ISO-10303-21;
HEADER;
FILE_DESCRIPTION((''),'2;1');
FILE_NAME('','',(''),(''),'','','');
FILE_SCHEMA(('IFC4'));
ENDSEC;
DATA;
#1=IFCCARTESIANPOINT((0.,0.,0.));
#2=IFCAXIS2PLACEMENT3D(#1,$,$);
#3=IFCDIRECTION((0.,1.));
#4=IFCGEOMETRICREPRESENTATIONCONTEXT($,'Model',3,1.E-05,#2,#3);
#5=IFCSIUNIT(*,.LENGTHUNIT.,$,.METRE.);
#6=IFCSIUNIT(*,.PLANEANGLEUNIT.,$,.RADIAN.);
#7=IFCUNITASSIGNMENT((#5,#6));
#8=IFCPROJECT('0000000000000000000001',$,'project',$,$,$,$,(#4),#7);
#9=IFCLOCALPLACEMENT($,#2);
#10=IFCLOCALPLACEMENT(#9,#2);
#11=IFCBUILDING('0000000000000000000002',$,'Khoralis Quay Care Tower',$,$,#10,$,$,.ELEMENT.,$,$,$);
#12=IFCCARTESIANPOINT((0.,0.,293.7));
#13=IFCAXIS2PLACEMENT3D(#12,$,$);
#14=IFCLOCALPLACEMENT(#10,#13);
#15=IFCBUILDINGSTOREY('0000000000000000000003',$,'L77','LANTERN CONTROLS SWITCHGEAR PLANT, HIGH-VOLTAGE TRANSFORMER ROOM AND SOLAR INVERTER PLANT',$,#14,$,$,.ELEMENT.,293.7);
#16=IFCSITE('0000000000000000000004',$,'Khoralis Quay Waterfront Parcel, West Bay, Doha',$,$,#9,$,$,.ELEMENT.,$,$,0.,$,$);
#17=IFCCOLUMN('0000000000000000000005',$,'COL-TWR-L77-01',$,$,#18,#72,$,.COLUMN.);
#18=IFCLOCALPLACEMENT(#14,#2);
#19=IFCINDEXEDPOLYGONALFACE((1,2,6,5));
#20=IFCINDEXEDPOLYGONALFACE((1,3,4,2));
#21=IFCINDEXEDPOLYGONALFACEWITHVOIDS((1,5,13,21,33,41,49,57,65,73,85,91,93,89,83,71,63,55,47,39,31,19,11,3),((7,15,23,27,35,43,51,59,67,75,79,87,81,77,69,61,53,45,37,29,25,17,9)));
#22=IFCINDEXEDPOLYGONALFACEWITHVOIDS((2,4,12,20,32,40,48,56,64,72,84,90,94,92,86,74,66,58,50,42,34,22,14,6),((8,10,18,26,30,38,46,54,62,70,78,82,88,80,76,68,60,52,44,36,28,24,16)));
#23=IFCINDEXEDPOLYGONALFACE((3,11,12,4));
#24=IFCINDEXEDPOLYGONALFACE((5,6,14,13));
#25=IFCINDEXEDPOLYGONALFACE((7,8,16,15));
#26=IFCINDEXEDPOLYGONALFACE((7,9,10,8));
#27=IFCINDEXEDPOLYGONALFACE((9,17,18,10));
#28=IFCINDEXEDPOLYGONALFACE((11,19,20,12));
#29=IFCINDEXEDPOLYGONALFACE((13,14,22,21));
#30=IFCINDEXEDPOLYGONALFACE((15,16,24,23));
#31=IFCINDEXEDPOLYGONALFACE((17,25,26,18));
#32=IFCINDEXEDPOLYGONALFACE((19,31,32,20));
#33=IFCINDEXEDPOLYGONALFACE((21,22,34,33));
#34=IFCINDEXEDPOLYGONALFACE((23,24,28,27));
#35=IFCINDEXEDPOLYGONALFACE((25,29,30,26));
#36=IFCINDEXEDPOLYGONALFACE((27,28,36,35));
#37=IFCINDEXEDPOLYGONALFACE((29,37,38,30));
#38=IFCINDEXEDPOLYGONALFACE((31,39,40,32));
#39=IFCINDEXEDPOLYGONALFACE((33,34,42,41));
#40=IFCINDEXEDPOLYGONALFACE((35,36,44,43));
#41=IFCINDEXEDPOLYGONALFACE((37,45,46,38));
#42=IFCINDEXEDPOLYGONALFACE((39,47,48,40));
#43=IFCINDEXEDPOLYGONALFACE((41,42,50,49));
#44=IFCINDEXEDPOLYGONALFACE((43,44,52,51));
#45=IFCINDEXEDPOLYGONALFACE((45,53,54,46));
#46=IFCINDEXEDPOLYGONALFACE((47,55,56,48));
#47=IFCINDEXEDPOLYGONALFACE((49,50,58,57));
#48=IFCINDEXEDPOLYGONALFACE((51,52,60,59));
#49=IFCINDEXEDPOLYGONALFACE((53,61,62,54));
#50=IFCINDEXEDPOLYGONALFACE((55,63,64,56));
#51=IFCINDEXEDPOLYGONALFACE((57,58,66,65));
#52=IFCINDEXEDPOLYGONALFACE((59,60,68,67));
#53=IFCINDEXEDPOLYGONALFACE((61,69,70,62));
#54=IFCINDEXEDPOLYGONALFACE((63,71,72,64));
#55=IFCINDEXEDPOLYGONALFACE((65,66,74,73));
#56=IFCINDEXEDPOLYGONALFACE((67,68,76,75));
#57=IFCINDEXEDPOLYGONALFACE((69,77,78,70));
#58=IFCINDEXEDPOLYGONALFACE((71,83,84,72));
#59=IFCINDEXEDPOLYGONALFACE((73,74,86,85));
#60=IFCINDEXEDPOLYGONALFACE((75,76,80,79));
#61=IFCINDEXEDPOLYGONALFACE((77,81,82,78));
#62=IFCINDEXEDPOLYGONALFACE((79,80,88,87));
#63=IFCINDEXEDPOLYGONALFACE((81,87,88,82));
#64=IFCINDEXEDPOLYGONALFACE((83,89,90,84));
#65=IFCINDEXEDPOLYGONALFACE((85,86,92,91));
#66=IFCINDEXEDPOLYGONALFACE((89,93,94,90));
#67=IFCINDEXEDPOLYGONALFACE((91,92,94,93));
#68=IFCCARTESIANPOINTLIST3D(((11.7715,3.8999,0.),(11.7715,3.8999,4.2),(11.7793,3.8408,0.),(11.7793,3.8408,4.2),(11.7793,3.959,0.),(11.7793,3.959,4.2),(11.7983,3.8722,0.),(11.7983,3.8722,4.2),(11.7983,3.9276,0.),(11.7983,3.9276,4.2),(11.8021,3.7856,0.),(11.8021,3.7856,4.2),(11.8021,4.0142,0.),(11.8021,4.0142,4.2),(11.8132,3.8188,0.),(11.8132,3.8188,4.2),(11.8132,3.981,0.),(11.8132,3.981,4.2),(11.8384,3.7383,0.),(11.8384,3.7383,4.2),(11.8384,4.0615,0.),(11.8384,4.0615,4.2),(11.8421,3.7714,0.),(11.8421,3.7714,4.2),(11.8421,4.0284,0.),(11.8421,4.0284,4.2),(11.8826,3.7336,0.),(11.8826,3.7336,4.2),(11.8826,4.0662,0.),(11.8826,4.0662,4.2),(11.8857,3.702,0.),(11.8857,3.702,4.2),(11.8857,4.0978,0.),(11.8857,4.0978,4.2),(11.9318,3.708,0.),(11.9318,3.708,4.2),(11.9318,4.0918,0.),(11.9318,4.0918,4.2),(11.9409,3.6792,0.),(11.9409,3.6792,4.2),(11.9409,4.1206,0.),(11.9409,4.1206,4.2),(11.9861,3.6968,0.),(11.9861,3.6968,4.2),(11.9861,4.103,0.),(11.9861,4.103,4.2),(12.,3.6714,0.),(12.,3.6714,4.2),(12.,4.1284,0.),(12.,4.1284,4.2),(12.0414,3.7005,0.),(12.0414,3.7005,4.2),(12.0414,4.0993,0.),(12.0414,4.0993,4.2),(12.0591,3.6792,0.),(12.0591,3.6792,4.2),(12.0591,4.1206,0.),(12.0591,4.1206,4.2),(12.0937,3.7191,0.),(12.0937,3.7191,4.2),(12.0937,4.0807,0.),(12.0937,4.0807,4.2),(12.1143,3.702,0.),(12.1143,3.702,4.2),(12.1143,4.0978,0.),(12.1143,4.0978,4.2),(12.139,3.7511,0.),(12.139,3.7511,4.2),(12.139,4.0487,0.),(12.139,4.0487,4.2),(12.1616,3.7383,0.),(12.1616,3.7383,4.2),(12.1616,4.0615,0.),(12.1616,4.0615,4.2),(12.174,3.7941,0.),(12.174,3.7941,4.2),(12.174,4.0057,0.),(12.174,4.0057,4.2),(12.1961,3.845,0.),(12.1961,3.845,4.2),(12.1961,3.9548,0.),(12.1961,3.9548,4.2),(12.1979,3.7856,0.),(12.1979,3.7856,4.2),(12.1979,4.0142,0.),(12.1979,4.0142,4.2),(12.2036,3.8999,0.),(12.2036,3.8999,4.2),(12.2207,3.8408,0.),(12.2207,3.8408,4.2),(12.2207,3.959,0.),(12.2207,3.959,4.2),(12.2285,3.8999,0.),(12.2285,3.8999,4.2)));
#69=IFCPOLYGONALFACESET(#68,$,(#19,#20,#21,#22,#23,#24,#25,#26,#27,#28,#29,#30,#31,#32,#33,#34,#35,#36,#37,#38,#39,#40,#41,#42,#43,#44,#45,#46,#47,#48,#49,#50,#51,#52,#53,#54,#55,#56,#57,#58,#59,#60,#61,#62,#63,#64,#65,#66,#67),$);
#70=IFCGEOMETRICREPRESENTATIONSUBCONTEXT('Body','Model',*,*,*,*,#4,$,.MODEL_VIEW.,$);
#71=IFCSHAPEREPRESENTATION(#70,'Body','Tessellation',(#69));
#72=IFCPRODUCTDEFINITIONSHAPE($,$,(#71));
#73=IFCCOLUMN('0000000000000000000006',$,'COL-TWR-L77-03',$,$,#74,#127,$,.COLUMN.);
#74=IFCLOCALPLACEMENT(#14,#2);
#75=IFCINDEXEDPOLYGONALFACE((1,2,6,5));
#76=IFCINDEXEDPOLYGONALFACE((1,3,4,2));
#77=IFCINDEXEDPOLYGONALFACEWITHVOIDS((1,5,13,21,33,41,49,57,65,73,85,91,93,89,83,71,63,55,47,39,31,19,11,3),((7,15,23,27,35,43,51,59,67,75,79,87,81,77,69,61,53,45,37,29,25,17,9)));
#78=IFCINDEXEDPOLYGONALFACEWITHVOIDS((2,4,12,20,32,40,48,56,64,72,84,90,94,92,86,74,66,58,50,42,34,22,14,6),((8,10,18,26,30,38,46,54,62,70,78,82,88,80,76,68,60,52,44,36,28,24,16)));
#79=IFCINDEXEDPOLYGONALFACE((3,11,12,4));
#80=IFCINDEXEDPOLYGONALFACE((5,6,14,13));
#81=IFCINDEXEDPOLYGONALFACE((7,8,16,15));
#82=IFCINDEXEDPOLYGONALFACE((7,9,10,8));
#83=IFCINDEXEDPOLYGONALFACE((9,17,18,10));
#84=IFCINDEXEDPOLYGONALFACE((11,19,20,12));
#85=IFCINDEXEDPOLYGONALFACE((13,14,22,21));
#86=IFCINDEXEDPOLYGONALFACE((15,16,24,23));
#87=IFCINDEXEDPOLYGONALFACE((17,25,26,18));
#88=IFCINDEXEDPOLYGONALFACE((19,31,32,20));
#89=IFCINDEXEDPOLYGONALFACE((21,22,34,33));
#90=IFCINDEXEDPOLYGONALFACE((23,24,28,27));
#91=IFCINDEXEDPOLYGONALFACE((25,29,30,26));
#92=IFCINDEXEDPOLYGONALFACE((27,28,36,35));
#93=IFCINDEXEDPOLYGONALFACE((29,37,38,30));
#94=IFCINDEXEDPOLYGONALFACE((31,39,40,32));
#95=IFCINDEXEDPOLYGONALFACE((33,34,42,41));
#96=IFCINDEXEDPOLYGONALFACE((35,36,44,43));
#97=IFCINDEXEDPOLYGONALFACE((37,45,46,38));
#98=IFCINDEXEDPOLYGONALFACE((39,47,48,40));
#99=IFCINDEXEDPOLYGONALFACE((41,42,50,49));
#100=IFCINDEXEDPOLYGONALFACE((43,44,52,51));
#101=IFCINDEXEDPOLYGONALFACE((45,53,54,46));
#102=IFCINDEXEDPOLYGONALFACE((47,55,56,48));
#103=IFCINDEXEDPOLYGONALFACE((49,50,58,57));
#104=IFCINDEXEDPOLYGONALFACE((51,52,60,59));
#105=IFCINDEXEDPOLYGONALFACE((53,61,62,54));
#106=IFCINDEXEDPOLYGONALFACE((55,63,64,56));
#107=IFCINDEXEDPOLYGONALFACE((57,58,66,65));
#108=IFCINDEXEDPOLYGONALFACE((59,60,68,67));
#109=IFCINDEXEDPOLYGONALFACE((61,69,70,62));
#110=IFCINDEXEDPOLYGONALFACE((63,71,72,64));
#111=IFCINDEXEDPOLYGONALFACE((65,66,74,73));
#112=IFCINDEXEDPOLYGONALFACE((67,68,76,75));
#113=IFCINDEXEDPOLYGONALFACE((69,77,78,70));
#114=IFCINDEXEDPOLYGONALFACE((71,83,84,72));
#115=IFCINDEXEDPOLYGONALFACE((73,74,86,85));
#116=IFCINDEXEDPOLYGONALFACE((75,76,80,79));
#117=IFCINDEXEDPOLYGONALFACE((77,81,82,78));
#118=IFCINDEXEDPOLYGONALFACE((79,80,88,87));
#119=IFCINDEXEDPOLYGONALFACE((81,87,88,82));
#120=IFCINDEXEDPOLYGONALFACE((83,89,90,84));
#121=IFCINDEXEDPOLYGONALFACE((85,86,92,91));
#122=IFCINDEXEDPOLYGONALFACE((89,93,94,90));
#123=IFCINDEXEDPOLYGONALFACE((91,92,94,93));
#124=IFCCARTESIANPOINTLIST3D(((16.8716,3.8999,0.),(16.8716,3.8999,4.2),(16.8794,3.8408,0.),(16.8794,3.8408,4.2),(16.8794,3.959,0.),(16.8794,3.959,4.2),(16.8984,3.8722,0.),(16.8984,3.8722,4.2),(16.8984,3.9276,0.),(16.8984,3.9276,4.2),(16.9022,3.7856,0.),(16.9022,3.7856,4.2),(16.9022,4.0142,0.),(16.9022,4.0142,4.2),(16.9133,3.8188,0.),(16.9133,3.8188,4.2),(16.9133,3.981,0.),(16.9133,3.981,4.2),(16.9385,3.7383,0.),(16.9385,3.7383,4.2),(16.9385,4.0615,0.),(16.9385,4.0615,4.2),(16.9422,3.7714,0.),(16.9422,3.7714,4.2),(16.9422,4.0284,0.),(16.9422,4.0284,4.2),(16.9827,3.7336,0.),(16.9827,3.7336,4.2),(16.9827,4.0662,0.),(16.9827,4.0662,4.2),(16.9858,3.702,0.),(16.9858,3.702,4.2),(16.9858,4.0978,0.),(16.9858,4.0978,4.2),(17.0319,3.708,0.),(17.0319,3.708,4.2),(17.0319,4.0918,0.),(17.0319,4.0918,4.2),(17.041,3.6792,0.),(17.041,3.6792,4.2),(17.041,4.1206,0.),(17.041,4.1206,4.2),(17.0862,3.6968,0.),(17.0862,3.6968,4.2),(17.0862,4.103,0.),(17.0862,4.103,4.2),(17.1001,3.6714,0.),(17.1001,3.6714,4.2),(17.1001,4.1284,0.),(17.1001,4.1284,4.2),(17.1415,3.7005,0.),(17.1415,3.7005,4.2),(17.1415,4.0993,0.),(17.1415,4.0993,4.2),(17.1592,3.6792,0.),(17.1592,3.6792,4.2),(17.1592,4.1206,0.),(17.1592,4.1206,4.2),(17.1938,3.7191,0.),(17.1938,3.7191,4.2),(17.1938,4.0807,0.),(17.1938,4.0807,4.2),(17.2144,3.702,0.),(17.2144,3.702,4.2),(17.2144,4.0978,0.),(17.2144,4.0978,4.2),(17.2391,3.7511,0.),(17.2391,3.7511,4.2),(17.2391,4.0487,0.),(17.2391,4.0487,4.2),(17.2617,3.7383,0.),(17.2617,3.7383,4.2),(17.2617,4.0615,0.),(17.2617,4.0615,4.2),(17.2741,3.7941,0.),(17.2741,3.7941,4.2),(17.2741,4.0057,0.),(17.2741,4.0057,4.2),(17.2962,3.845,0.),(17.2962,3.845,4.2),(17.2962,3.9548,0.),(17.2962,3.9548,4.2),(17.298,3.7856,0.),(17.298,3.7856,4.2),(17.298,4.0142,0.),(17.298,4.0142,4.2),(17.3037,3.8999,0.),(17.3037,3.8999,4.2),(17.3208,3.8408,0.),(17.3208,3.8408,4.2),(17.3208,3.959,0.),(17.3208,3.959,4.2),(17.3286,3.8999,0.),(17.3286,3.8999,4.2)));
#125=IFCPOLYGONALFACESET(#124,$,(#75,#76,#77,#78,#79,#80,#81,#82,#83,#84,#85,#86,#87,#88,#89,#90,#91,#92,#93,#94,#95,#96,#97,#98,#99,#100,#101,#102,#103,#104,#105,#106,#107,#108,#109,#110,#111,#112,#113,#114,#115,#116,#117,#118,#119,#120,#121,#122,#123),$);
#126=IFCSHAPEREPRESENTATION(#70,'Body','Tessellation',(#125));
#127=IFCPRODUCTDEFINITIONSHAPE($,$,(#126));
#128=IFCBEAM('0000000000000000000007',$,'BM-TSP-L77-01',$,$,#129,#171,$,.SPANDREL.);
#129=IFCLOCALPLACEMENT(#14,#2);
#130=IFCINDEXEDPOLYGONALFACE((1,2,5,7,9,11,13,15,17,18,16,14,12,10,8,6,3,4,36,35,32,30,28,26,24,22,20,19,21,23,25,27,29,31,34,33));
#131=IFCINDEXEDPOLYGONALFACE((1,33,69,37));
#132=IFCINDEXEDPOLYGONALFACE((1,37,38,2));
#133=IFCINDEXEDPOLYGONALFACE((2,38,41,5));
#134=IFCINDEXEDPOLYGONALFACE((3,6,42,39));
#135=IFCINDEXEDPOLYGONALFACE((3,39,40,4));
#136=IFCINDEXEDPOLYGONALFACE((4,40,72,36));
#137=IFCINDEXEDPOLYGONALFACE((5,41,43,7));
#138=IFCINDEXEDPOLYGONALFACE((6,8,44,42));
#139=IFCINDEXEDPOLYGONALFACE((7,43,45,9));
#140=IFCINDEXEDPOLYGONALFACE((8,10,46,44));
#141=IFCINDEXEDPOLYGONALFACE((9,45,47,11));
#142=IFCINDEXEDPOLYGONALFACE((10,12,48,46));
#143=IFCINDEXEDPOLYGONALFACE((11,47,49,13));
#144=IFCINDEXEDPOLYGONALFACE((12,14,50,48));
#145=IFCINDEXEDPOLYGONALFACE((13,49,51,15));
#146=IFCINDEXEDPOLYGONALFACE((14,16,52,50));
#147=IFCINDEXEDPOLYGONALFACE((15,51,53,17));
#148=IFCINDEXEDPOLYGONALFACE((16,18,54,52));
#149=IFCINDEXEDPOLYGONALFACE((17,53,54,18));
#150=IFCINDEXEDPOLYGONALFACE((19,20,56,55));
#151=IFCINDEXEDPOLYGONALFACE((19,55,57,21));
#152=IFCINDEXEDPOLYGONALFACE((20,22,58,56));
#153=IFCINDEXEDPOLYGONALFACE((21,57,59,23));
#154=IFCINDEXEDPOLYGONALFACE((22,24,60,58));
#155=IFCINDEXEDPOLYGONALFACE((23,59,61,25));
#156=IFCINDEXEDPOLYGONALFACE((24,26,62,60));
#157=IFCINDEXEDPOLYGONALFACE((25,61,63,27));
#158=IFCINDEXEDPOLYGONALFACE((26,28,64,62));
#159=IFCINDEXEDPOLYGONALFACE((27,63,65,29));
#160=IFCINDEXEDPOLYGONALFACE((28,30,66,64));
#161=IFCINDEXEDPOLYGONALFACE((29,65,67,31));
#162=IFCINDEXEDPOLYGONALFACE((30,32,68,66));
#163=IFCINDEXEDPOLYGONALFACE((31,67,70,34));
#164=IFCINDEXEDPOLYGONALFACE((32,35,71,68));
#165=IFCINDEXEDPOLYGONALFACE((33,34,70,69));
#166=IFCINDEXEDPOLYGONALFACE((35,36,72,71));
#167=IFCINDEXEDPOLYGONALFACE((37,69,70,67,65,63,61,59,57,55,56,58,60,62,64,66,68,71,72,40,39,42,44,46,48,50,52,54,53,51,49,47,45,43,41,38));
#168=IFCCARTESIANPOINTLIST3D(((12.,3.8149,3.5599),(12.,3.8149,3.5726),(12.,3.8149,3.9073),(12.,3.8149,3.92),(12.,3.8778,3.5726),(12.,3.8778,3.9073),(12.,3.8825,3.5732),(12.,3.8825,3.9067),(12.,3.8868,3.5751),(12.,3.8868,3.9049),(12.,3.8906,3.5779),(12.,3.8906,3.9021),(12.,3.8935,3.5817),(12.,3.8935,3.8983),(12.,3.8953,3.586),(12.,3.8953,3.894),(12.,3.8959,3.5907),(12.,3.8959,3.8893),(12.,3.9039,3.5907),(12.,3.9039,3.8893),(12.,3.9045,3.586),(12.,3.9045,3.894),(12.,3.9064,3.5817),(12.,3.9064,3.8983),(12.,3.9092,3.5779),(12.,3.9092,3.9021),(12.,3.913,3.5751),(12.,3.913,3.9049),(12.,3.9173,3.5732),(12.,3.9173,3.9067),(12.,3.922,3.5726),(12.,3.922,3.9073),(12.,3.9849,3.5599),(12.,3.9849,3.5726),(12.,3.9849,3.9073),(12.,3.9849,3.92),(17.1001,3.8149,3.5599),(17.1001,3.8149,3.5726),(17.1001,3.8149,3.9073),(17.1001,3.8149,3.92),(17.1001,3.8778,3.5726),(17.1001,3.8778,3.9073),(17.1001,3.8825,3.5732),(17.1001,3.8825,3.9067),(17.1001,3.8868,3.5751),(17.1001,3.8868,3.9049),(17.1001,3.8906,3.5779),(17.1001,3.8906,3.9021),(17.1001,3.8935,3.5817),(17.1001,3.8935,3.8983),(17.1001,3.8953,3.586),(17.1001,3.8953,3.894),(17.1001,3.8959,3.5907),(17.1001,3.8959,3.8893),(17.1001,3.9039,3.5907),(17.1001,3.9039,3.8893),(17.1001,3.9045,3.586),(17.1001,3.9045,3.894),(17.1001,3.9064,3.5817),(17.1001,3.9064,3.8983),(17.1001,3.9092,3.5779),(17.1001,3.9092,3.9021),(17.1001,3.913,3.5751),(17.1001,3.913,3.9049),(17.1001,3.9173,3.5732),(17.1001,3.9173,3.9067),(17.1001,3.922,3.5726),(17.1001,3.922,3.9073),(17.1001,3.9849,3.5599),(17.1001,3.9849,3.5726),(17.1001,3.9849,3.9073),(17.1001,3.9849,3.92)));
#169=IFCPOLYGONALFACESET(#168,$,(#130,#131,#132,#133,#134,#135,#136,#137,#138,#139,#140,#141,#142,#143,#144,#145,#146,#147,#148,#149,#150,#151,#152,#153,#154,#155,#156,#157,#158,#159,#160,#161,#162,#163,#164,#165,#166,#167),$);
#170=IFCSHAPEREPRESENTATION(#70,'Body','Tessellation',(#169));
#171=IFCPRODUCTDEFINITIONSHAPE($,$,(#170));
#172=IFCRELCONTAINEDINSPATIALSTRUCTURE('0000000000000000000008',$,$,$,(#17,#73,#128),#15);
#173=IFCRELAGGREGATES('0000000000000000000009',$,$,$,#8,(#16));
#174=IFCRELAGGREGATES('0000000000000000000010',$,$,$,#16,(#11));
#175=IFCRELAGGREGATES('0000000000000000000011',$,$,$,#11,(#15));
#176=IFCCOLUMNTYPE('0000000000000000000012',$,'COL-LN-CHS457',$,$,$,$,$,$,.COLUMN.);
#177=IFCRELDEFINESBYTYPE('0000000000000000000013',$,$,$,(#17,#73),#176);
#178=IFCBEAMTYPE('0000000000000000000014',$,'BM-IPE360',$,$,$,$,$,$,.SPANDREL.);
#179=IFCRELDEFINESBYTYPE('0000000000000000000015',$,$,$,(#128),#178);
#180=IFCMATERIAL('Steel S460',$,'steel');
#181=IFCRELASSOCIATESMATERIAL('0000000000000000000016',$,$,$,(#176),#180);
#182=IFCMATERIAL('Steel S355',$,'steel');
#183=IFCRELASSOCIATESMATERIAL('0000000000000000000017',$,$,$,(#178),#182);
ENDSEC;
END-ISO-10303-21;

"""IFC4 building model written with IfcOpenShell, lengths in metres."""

from ifc_helpers import new_model, si_unit, direction, frame, origin, origin_2d, place, context, subcontext, project, spatial, hollow_circle, i_section, extrude, source, transform, mapped, material, material_profile, profile_set, type_object, element, save


model = new_model("IFC4")

# Units and contexts
model_context = context("Model", 3, precision=1e-05, world=origin(), true_north=direction((0.0, 1.0)))
body_context = subcontext(model_context, "Body", "Model", "MODEL_VIEW")
ifc_project = project(units=[si_unit("LENGTHUNIT", "METRE"), si_unit("PLANEANGLEUNIT", "RADIAN")], contexts=[model_context])

# Site, building, storey
site_placement = place(None, origin())
site = spatial("IfcSite", under=ifc_project, at=site_placement, Name="Khoralis Quay Waterfront Parcel, West Bay, Doha", CompositionType="ELEMENT", RefElevation=0.0)
building_placement = place(site_placement, origin())
building = spatial("IfcBuilding", under=site, at=building_placement, Name="Khoralis Quay Care Tower", CompositionType="ELEMENT")
storey_placement = place(building_placement, frame((0.0, 0.0, 293.7)))
storey = spatial("IfcBuildingStorey", under=building, at=storey_placement, Name="L77", Description="LANTERN CONTROLS SWITCHGEAR PLANT, HIGH-VOLTAGE TRANSFORMER ROOM AND SOLAR INVERTER PLANT", CompositionType="ELEMENT", Elevation=293.7)

# Columns
ifc_material_1 = material(Name="Steel S460", Category="steel")
ifc_material_profile_1 = material_profile(ifc_material_1, hollow_circle(Radius=0.2285, WallThickness=0.0249, at=origin_2d()), Name="Steel S460")
ifc_profile_set_1 = profile_set([ifc_material_profile_1], Name="Steel S460")
column_type = type_object("IfcColumnType", Name="COL-LN-CHS457", PredefinedType="COLUMN", material=ifc_profile_set_1)
shared_shape_1 = source(origin(), body_context, "Body", "SweptSolid", [
    extrude(hollow_circle(Radius=0.2285, WallThickness=0.0249, at=origin_2d()), origin(), (0.0, 0.0, 1.0), 4.2),
])
for number, where, z_axis, x_axis, name in (
    (1, (12.0, 3.8999, 0.0), (0.0, 0.0, 1.0), (1.0, 0.0, 0.0), "COL-TWR-L77-01"),
    (2, (17.1001, 3.8999, 0.0), (0.0, 0.0, 1.0), (1.0, 0.0, 0.0), "COL-TWR-L77-03"),
):
    element("IfcColumn", number, at=place(storey_placement, frame(where, z_axis=z_axis, x_axis=x_axis)), inside=storey, type_object=column_type, Name=name, PredefinedType="COLUMN", context=body_context, shape_type="MappedRepresentation", body=[
        mapped(shared_shape_1, transform((0.0, 0.0, 0.0), scale=1.0)),
    ])

# Beam
ifc_material_2 = material(Name="Steel S355", Category="steel")
ifc_material_profile_2 = material_profile(ifc_material_2, i_section(OverallWidth=0.1699, OverallDepth=0.3601, WebThickness=0.0081, FlangeThickness=0.0127, FilletRadius=0.0181, at=origin_2d()), Name="Steel S355")
ifc_profile_set_2 = profile_set([ifc_material_profile_2], Name="Steel S355")
beam_type_1 = type_object("IfcBeamType", Name="BM-IPE360", PredefinedType="SPANDREL", material=ifc_profile_set_2)
shared_shape_2 = source(origin(), body_context, "Body", "SweptSolid", [
    extrude(i_section(OverallWidth=0.1699, OverallDepth=0.3601, WebThickness=0.0081, FlangeThickness=0.0127, FilletRadius=0.0181, at=origin_2d()), origin(), (0.0, 0.0, 1.0), 5.1001),
])
beam_1_placement = place(storey_placement, frame((12.0, 3.8999, 3.74), z_axis=(1.0, 0.0, 0.0), x_axis=(0.0, 1.0, 0.0)))
element("IfcBeam", 3, at=beam_1_placement, inside=storey, type_object=beam_type_1, Name="BM-TSP-L77-01", PredefinedType="SPANDREL", context=body_context, shape_type="MappedRepresentation", body=[
    mapped(shared_shape_2, transform((0.0, 0.0, 0.0), scale=1.0)),
])

save(model, "model.ifc")
